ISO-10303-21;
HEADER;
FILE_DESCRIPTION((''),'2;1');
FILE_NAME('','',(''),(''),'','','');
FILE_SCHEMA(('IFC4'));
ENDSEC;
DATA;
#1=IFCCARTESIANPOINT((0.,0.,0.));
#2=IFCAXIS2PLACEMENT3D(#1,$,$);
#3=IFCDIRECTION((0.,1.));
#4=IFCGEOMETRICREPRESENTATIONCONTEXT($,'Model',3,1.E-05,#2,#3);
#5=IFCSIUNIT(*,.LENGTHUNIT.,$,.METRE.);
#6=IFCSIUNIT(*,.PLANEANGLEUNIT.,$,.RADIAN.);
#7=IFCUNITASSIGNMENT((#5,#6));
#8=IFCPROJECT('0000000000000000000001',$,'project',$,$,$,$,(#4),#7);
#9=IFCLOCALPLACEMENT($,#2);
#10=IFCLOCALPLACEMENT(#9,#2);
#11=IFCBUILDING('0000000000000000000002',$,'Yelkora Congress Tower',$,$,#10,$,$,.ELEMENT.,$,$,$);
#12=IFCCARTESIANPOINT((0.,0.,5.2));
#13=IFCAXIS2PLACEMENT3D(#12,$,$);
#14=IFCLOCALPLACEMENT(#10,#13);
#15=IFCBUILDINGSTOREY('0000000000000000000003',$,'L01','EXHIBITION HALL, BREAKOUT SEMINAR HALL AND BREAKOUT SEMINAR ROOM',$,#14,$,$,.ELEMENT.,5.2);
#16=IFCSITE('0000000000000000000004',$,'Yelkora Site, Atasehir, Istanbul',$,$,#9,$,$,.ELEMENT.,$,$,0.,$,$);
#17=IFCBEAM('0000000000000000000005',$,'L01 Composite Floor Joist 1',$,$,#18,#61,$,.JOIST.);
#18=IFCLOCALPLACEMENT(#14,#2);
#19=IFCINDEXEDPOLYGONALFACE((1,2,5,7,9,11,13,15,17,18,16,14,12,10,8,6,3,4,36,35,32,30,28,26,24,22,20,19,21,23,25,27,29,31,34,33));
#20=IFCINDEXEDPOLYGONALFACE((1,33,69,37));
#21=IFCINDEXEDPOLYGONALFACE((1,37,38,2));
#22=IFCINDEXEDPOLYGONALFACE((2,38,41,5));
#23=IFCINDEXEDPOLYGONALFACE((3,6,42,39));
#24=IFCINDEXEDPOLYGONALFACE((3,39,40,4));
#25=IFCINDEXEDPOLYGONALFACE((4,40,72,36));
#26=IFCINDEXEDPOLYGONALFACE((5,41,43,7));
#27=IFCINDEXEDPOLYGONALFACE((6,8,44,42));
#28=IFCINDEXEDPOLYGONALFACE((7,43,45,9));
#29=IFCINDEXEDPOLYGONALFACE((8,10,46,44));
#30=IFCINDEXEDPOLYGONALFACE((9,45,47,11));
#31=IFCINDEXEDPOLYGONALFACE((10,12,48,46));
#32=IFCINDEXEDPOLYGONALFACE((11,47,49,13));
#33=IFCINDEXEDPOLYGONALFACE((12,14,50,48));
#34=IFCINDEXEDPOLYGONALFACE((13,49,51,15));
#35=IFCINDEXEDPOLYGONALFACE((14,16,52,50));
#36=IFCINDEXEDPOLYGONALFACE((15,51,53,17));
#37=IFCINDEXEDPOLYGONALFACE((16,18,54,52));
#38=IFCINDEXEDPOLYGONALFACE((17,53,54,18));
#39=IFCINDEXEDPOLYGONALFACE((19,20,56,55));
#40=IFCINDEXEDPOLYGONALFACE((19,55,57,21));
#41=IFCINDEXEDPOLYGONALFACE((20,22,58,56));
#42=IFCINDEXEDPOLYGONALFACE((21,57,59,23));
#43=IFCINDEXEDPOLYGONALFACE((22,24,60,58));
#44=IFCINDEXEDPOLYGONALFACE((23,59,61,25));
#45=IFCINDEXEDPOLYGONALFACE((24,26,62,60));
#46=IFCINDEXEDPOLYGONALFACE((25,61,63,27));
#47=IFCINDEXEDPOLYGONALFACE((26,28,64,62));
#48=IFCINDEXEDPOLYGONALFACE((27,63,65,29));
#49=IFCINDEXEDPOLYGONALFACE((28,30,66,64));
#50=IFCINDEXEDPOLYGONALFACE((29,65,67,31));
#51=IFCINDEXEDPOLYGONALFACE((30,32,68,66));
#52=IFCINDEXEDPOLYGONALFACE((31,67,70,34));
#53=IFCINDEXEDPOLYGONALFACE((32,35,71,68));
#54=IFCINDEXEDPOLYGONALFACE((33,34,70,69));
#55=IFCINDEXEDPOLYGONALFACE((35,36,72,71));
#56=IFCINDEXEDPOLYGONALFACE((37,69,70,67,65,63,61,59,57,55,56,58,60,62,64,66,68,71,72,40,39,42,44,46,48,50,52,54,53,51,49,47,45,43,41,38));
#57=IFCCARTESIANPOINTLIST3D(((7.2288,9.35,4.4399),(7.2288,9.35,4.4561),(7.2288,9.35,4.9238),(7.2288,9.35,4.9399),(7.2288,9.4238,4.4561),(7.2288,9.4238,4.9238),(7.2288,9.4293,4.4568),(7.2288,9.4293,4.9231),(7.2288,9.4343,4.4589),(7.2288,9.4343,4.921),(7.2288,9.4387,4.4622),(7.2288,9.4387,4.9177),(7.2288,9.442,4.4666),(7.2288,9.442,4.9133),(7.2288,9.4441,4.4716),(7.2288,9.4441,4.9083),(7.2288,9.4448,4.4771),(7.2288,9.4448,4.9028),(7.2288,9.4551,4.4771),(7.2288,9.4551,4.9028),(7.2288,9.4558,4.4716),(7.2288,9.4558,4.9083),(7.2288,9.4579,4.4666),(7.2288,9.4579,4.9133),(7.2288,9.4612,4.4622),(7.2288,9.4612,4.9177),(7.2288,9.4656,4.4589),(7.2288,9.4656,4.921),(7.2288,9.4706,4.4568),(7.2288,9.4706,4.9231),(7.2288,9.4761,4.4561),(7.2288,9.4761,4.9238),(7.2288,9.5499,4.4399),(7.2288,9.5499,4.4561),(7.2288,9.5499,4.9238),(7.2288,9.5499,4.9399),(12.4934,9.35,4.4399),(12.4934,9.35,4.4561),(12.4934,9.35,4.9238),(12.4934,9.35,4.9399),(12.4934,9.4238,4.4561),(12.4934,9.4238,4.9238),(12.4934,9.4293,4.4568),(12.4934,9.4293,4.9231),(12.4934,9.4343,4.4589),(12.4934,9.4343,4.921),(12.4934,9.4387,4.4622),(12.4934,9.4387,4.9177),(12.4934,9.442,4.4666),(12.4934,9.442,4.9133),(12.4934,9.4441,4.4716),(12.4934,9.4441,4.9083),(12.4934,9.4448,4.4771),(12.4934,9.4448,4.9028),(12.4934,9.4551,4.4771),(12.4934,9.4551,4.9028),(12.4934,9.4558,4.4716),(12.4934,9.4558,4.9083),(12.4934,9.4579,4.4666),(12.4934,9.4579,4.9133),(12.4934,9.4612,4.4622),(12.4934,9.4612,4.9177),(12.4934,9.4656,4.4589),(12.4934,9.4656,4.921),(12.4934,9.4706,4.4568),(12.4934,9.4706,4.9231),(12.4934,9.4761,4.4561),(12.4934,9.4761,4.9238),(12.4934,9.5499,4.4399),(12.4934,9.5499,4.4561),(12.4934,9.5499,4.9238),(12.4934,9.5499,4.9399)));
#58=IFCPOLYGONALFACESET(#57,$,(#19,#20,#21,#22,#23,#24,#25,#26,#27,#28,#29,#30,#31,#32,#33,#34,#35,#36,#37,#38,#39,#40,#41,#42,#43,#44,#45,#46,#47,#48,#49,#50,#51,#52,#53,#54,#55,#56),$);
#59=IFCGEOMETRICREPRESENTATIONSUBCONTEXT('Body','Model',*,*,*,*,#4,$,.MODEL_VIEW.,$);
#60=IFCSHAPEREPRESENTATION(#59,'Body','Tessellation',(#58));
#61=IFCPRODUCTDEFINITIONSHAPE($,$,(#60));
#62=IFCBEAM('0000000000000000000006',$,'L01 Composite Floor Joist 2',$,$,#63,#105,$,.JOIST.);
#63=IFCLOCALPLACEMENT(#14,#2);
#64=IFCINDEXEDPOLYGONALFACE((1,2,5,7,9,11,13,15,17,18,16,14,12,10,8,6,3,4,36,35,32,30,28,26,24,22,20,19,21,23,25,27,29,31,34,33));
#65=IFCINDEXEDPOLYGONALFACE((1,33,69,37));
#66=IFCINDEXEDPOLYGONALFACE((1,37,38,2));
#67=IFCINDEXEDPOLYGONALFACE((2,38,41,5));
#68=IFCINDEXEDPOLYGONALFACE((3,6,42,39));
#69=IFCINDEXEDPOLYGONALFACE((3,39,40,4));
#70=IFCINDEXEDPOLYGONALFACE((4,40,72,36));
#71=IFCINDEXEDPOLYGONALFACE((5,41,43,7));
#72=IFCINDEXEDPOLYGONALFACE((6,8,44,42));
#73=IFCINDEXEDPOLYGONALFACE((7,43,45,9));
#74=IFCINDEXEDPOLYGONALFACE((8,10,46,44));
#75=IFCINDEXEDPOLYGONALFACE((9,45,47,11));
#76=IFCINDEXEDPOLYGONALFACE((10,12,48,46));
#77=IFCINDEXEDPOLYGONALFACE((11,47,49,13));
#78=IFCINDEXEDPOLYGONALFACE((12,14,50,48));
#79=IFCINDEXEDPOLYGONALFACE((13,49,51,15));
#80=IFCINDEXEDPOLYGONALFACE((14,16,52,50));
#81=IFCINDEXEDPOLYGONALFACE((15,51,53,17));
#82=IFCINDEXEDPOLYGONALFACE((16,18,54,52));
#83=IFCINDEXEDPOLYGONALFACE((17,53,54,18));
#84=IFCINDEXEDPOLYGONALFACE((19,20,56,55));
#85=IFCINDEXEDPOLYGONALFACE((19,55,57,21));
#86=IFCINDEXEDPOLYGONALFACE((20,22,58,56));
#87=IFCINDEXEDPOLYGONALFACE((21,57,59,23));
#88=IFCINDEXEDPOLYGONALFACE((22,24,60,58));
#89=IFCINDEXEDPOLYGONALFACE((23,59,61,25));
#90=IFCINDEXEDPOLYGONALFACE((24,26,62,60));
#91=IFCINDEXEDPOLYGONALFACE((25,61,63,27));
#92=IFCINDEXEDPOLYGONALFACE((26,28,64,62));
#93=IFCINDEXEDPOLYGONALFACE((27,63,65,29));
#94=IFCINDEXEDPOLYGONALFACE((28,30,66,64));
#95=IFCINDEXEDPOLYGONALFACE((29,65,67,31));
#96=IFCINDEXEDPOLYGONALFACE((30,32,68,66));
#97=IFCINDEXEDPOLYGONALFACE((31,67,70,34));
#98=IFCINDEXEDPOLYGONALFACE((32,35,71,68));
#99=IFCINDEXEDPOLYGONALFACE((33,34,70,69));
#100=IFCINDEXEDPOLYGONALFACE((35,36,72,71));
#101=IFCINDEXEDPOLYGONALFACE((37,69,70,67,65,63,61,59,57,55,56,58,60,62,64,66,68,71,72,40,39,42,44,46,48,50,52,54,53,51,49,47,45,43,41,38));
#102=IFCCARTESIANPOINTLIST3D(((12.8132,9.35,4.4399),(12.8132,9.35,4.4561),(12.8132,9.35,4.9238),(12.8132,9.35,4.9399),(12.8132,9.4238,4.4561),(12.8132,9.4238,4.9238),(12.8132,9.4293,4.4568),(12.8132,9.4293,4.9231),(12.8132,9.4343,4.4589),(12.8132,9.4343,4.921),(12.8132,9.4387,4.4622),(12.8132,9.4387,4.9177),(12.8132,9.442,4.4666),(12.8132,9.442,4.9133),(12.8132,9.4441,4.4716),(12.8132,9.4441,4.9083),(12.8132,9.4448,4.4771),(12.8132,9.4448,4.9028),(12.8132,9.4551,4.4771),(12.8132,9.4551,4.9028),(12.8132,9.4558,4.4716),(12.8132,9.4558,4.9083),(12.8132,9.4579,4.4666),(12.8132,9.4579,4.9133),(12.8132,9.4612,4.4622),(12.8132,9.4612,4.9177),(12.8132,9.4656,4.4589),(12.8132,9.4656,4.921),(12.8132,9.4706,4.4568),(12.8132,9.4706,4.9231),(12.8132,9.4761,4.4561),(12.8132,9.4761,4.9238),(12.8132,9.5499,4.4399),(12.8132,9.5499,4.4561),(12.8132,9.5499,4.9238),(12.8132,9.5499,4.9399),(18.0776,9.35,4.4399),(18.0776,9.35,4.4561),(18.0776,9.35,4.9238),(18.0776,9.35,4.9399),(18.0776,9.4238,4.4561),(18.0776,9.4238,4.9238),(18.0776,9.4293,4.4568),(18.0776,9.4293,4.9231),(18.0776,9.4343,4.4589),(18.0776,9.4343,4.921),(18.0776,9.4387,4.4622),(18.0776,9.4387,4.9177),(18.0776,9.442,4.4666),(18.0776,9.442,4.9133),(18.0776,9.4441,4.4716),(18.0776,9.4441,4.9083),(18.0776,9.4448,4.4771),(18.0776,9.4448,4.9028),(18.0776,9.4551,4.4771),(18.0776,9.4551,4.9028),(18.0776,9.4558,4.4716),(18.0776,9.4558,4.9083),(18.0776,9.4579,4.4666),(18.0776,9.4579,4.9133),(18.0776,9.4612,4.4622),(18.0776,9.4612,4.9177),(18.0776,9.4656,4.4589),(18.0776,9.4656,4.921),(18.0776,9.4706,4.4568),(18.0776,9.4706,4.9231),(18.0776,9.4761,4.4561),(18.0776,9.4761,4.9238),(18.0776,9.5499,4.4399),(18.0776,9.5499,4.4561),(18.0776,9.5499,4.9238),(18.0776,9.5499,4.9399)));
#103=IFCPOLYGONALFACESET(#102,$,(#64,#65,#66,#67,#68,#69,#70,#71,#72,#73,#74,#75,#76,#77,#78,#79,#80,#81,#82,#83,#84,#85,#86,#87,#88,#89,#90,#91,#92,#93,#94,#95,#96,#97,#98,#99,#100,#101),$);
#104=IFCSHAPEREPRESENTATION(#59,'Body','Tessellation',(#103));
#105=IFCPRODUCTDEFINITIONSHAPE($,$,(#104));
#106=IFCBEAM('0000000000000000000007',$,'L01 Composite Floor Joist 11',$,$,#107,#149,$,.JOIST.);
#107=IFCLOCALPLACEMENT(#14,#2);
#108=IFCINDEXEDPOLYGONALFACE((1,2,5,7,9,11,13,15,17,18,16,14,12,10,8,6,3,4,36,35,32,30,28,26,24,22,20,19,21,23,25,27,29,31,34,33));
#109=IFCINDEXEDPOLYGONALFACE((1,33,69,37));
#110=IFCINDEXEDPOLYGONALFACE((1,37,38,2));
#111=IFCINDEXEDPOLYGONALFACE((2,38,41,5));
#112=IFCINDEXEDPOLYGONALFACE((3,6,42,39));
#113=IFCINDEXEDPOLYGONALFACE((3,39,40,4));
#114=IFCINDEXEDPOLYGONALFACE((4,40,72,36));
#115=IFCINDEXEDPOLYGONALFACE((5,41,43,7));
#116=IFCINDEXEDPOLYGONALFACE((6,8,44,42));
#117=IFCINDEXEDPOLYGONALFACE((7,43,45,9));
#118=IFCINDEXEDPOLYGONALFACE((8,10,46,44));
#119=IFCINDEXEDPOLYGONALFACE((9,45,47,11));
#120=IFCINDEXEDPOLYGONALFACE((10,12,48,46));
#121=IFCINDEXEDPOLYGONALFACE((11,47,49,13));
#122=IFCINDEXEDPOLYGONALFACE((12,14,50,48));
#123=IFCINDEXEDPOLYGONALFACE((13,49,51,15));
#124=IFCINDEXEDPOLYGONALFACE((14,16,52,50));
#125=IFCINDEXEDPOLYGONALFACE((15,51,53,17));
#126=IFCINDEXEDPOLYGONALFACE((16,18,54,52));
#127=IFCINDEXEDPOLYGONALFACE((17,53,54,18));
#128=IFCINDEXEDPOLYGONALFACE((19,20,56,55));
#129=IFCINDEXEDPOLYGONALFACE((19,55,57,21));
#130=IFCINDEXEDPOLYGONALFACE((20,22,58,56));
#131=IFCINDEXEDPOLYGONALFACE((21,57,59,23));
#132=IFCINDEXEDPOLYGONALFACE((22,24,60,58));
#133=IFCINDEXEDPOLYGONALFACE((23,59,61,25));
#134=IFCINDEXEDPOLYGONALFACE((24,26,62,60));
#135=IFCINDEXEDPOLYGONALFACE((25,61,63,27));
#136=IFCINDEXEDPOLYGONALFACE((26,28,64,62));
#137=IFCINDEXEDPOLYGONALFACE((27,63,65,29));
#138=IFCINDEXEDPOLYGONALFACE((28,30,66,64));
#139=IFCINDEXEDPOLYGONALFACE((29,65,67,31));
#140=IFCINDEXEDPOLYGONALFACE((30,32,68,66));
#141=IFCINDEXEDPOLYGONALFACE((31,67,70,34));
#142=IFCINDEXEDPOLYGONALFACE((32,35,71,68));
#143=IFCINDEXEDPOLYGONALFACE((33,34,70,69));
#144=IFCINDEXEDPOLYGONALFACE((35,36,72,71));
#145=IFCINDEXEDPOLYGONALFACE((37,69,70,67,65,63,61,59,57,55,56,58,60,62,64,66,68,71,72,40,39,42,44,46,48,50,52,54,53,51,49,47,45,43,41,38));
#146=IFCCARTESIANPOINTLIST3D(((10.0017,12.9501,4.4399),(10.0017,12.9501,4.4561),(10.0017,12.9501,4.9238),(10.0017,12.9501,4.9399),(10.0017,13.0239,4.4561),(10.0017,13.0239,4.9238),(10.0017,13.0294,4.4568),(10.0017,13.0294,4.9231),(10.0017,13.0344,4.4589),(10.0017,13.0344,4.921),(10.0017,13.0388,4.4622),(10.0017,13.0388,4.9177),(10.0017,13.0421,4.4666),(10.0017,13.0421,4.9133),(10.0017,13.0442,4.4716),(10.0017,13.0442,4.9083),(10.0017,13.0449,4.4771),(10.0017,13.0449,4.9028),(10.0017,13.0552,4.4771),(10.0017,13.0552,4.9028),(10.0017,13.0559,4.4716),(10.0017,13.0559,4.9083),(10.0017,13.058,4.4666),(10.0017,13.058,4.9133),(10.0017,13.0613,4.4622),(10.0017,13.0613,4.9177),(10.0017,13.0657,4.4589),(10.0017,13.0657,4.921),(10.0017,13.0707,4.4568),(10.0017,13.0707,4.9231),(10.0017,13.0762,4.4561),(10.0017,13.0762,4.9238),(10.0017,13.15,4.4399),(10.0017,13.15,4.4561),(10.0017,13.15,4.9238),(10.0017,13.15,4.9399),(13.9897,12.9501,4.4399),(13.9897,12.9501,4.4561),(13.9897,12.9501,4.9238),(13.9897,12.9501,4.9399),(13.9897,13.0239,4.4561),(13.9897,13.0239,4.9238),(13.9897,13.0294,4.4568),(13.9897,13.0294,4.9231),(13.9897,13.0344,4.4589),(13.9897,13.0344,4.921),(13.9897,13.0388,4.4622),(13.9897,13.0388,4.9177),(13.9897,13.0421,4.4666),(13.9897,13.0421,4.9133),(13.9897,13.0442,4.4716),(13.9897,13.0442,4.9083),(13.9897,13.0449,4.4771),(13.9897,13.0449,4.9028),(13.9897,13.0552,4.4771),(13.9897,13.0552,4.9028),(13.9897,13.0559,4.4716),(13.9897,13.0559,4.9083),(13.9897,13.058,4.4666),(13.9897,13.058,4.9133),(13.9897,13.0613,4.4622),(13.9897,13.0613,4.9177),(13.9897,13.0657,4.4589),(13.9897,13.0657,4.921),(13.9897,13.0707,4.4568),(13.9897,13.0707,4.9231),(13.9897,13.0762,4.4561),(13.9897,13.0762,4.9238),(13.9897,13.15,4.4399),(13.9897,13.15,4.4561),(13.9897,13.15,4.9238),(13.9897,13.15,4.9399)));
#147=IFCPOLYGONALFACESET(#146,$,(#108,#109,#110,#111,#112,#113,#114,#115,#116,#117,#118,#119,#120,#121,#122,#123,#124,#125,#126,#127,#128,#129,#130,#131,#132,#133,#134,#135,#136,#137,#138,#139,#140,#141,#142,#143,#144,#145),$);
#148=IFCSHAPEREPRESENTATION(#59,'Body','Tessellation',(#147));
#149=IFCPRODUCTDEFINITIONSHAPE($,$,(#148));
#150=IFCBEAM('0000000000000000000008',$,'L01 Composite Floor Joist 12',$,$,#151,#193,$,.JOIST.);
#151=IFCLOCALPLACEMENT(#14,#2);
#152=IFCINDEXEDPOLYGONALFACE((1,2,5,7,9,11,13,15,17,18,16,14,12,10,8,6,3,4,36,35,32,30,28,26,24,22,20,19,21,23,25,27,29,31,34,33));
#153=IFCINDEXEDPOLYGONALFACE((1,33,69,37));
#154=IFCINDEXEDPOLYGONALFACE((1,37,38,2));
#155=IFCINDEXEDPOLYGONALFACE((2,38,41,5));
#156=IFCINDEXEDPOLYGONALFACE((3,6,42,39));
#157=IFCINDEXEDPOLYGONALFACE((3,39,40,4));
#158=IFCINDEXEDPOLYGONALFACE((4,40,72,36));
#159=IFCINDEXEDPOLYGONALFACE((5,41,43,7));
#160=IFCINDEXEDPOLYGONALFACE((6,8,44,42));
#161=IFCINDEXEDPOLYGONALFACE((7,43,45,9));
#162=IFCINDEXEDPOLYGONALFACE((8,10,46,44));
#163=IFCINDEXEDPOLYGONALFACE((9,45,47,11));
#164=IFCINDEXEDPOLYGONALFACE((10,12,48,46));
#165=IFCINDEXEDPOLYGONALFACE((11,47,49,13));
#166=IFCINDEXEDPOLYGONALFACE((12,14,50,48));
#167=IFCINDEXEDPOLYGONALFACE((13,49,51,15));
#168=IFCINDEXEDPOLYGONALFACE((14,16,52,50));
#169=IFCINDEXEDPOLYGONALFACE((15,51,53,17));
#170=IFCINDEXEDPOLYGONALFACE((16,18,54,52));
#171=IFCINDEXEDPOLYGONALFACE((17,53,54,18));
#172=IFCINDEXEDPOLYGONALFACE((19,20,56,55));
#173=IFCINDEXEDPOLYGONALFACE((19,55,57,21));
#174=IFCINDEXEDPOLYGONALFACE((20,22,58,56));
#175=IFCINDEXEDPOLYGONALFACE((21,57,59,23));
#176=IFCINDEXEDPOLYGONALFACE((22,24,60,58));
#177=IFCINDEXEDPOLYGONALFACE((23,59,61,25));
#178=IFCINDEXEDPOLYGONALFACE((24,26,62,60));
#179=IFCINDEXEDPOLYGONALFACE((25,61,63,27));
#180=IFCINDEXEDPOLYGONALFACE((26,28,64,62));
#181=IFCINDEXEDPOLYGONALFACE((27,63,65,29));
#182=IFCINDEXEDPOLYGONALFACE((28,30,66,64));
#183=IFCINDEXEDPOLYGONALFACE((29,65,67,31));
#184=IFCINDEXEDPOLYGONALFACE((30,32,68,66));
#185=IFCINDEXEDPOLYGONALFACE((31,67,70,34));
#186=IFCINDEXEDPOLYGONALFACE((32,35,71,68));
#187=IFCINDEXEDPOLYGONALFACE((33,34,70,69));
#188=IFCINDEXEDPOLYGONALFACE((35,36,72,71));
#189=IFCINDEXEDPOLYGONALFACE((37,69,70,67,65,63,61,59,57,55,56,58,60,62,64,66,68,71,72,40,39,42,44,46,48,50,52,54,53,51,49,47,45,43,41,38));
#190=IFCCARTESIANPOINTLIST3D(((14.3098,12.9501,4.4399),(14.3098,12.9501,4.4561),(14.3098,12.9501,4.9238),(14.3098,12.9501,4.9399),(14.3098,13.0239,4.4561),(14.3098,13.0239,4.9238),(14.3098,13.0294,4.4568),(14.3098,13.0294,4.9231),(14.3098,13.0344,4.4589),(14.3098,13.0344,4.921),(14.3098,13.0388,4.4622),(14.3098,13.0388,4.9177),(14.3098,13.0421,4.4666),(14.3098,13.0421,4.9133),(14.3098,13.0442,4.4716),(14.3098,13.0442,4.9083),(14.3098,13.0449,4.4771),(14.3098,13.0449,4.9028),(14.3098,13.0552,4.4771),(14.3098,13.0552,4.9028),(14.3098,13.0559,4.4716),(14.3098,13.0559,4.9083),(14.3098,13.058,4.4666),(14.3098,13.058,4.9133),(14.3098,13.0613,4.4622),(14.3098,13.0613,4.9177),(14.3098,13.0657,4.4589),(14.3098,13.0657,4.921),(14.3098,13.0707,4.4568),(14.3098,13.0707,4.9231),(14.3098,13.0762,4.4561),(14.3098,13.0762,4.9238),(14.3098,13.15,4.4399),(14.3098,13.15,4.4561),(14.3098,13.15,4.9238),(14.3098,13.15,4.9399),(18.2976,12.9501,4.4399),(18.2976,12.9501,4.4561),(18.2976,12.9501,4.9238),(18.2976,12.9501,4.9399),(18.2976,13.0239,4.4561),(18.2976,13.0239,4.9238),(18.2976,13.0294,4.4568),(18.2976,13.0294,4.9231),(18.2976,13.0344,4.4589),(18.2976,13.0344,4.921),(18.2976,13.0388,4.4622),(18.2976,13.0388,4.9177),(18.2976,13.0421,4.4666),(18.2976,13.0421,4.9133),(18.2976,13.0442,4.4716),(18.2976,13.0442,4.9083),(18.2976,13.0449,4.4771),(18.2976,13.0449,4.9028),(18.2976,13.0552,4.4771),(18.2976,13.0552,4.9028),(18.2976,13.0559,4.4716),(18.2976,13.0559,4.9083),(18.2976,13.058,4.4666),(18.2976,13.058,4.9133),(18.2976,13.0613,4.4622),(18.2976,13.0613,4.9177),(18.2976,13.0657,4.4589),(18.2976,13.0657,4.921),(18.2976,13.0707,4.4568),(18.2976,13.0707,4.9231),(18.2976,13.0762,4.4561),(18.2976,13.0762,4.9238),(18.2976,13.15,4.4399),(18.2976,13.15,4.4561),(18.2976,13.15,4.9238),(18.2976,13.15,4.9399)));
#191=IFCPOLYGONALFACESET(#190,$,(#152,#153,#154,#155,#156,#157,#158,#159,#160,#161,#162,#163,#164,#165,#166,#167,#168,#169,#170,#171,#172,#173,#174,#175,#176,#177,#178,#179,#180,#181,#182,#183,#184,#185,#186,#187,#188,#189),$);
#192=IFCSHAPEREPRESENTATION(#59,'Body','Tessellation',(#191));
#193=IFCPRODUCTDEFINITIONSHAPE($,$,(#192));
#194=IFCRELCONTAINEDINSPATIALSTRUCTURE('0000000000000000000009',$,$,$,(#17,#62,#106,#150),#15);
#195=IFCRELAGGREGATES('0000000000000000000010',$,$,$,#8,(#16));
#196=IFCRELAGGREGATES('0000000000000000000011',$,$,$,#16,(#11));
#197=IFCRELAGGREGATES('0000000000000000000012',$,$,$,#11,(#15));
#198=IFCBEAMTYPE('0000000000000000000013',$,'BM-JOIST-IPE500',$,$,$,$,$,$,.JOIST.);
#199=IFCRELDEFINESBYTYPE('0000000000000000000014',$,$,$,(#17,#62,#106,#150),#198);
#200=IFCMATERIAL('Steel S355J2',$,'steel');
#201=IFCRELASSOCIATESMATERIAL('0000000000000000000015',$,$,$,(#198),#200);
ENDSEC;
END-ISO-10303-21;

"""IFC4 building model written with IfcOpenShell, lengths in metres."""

from ifc_helpers import new_model, si_unit, direction, frame, origin, origin_2d, place, context, subcontext, project, spatial, i_section, extrude, material, material_profile, profile_set, type_object, element, save


model = new_model("IFC4")

# Units and contexts
model_context = context("Model", 3, precision=1e-05, world=origin(), true_north=direction((0.0, 1.0)))
body_context = subcontext(model_context, "Body", "Model", "MODEL_VIEW")
ifc_project = project(units=[si_unit("LENGTHUNIT", "METRE"), si_unit("PLANEANGLEUNIT", "RADIAN")], contexts=[model_context])

# Site, building, storey
site_placement = place(None, origin())
site = spatial("IfcSite", under=ifc_project, at=site_placement, Name="Yelkora Site, Atasehir, Istanbul", CompositionType="ELEMENT", RefElevation=0.0)
building_placement = place(site_placement, origin())
building = spatial("IfcBuilding", under=site, at=building_placement, Name="Yelkora Congress Tower", CompositionType="ELEMENT")
storey_placement = place(building_placement, frame((0.0, 0.0, 5.2)))
storey = spatial("IfcBuildingStorey", under=building, at=storey_placement, Name="L01", Description="EXHIBITION HALL, BREAKOUT SEMINAR HALL AND BREAKOUT SEMINAR ROOM", CompositionType="ELEMENT", Elevation=5.2)

# Beams
ifc_material_1 = material(Name="Steel S355J2", Category="steel")
ifc_material_profile_1 = material_profile(ifc_material_1, i_section(OverallWidth=0.2, OverallDepth=0.5, WebThickness=0.0103, FlangeThickness=0.0161, FilletRadius=0.021, at=origin_2d()), Name="IPE 500")
ifc_profile_set_1 = profile_set([ifc_material_profile_1], Name="Steel S355J2")
beam_type_1 = type_object("IfcBeamType", Name="BM-JOIST-IPE500", PredefinedType="JOIST", material=ifc_profile_set_1)
beam_1_placement = place(storey_placement, frame((7.2288, 9.45, 4.6899), z_axis=(1.0, 0.0, 0.0), x_axis=(0.0, 1.0, 0.0)))
element("IfcBeam", 1, at=beam_1_placement, inside=storey, type_object=beam_type_1, Name="L01 Composite Floor Joist 1", PredefinedType="JOIST", context=body_context, shape_type="SweptSolid", body=[
    extrude(i_section(OverallWidth=0.2, OverallDepth=0.5, WebThickness=0.0103, FlangeThickness=0.0161, FilletRadius=0.021, at=origin_2d()), origin(), (0.0, 0.0, 1.0), 5.2646),
])
beam_2_placement = place(storey_placement, frame((12.8132, 9.45, 4.6899), z_axis=(1.0, 0.0, 0.0), x_axis=(0.0, 1.0, 0.0)))
element("IfcBeam", 2, at=beam_2_placement, inside=storey, type_object=beam_type_1, Name="L01 Composite Floor Joist 2", PredefinedType="JOIST", context=body_context, shape_type="SweptSolid", body=[
    extrude(i_section(OverallWidth=0.2, OverallDepth=0.5, WebThickness=0.0103, FlangeThickness=0.0161, FilletRadius=0.021, at=origin_2d()), origin(), (0.0, 0.0, 1.0), 5.2644),
])
beam_3_placement = place(storey_placement, frame((10.0017, 13.05, 4.6899), z_axis=(1.0, 0.0, 0.0), x_axis=(0.0, 1.0, 0.0)))
element("IfcBeam", 3, at=beam_3_placement, inside=storey, type_object=beam_type_1, Name="L01 Composite Floor Joist 11", PredefinedType="JOIST", context=body_context, shape_type="SweptSolid", body=[
    extrude(i_section(OverallWidth=0.2, OverallDepth=0.5, WebThickness=0.0103, FlangeThickness=0.0161, FilletRadius=0.021, at=origin_2d()), origin(), (0.0, 0.0, 1.0), 3.988),
])
beam_4_placement = place(storey_placement, frame((14.3098, 13.05, 4.6899), z_axis=(1.0, 0.0, 0.0), x_axis=(0.0, 1.0, 0.0)))
element("IfcBeam", 4, at=beam_4_placement, inside=storey, type_object=beam_type_1, Name="L01 Composite Floor Joist 12", PredefinedType="JOIST", context=body_context, shape_type="SweptSolid", body=[
    extrude(i_section(OverallWidth=0.2, OverallDepth=0.5, WebThickness=0.0103, FlangeThickness=0.0161, FilletRadius=0.021, at=origin_2d()), origin(), (0.0, 0.0, 1.0), 3.9878),
])

save(model, "model.ifc")
